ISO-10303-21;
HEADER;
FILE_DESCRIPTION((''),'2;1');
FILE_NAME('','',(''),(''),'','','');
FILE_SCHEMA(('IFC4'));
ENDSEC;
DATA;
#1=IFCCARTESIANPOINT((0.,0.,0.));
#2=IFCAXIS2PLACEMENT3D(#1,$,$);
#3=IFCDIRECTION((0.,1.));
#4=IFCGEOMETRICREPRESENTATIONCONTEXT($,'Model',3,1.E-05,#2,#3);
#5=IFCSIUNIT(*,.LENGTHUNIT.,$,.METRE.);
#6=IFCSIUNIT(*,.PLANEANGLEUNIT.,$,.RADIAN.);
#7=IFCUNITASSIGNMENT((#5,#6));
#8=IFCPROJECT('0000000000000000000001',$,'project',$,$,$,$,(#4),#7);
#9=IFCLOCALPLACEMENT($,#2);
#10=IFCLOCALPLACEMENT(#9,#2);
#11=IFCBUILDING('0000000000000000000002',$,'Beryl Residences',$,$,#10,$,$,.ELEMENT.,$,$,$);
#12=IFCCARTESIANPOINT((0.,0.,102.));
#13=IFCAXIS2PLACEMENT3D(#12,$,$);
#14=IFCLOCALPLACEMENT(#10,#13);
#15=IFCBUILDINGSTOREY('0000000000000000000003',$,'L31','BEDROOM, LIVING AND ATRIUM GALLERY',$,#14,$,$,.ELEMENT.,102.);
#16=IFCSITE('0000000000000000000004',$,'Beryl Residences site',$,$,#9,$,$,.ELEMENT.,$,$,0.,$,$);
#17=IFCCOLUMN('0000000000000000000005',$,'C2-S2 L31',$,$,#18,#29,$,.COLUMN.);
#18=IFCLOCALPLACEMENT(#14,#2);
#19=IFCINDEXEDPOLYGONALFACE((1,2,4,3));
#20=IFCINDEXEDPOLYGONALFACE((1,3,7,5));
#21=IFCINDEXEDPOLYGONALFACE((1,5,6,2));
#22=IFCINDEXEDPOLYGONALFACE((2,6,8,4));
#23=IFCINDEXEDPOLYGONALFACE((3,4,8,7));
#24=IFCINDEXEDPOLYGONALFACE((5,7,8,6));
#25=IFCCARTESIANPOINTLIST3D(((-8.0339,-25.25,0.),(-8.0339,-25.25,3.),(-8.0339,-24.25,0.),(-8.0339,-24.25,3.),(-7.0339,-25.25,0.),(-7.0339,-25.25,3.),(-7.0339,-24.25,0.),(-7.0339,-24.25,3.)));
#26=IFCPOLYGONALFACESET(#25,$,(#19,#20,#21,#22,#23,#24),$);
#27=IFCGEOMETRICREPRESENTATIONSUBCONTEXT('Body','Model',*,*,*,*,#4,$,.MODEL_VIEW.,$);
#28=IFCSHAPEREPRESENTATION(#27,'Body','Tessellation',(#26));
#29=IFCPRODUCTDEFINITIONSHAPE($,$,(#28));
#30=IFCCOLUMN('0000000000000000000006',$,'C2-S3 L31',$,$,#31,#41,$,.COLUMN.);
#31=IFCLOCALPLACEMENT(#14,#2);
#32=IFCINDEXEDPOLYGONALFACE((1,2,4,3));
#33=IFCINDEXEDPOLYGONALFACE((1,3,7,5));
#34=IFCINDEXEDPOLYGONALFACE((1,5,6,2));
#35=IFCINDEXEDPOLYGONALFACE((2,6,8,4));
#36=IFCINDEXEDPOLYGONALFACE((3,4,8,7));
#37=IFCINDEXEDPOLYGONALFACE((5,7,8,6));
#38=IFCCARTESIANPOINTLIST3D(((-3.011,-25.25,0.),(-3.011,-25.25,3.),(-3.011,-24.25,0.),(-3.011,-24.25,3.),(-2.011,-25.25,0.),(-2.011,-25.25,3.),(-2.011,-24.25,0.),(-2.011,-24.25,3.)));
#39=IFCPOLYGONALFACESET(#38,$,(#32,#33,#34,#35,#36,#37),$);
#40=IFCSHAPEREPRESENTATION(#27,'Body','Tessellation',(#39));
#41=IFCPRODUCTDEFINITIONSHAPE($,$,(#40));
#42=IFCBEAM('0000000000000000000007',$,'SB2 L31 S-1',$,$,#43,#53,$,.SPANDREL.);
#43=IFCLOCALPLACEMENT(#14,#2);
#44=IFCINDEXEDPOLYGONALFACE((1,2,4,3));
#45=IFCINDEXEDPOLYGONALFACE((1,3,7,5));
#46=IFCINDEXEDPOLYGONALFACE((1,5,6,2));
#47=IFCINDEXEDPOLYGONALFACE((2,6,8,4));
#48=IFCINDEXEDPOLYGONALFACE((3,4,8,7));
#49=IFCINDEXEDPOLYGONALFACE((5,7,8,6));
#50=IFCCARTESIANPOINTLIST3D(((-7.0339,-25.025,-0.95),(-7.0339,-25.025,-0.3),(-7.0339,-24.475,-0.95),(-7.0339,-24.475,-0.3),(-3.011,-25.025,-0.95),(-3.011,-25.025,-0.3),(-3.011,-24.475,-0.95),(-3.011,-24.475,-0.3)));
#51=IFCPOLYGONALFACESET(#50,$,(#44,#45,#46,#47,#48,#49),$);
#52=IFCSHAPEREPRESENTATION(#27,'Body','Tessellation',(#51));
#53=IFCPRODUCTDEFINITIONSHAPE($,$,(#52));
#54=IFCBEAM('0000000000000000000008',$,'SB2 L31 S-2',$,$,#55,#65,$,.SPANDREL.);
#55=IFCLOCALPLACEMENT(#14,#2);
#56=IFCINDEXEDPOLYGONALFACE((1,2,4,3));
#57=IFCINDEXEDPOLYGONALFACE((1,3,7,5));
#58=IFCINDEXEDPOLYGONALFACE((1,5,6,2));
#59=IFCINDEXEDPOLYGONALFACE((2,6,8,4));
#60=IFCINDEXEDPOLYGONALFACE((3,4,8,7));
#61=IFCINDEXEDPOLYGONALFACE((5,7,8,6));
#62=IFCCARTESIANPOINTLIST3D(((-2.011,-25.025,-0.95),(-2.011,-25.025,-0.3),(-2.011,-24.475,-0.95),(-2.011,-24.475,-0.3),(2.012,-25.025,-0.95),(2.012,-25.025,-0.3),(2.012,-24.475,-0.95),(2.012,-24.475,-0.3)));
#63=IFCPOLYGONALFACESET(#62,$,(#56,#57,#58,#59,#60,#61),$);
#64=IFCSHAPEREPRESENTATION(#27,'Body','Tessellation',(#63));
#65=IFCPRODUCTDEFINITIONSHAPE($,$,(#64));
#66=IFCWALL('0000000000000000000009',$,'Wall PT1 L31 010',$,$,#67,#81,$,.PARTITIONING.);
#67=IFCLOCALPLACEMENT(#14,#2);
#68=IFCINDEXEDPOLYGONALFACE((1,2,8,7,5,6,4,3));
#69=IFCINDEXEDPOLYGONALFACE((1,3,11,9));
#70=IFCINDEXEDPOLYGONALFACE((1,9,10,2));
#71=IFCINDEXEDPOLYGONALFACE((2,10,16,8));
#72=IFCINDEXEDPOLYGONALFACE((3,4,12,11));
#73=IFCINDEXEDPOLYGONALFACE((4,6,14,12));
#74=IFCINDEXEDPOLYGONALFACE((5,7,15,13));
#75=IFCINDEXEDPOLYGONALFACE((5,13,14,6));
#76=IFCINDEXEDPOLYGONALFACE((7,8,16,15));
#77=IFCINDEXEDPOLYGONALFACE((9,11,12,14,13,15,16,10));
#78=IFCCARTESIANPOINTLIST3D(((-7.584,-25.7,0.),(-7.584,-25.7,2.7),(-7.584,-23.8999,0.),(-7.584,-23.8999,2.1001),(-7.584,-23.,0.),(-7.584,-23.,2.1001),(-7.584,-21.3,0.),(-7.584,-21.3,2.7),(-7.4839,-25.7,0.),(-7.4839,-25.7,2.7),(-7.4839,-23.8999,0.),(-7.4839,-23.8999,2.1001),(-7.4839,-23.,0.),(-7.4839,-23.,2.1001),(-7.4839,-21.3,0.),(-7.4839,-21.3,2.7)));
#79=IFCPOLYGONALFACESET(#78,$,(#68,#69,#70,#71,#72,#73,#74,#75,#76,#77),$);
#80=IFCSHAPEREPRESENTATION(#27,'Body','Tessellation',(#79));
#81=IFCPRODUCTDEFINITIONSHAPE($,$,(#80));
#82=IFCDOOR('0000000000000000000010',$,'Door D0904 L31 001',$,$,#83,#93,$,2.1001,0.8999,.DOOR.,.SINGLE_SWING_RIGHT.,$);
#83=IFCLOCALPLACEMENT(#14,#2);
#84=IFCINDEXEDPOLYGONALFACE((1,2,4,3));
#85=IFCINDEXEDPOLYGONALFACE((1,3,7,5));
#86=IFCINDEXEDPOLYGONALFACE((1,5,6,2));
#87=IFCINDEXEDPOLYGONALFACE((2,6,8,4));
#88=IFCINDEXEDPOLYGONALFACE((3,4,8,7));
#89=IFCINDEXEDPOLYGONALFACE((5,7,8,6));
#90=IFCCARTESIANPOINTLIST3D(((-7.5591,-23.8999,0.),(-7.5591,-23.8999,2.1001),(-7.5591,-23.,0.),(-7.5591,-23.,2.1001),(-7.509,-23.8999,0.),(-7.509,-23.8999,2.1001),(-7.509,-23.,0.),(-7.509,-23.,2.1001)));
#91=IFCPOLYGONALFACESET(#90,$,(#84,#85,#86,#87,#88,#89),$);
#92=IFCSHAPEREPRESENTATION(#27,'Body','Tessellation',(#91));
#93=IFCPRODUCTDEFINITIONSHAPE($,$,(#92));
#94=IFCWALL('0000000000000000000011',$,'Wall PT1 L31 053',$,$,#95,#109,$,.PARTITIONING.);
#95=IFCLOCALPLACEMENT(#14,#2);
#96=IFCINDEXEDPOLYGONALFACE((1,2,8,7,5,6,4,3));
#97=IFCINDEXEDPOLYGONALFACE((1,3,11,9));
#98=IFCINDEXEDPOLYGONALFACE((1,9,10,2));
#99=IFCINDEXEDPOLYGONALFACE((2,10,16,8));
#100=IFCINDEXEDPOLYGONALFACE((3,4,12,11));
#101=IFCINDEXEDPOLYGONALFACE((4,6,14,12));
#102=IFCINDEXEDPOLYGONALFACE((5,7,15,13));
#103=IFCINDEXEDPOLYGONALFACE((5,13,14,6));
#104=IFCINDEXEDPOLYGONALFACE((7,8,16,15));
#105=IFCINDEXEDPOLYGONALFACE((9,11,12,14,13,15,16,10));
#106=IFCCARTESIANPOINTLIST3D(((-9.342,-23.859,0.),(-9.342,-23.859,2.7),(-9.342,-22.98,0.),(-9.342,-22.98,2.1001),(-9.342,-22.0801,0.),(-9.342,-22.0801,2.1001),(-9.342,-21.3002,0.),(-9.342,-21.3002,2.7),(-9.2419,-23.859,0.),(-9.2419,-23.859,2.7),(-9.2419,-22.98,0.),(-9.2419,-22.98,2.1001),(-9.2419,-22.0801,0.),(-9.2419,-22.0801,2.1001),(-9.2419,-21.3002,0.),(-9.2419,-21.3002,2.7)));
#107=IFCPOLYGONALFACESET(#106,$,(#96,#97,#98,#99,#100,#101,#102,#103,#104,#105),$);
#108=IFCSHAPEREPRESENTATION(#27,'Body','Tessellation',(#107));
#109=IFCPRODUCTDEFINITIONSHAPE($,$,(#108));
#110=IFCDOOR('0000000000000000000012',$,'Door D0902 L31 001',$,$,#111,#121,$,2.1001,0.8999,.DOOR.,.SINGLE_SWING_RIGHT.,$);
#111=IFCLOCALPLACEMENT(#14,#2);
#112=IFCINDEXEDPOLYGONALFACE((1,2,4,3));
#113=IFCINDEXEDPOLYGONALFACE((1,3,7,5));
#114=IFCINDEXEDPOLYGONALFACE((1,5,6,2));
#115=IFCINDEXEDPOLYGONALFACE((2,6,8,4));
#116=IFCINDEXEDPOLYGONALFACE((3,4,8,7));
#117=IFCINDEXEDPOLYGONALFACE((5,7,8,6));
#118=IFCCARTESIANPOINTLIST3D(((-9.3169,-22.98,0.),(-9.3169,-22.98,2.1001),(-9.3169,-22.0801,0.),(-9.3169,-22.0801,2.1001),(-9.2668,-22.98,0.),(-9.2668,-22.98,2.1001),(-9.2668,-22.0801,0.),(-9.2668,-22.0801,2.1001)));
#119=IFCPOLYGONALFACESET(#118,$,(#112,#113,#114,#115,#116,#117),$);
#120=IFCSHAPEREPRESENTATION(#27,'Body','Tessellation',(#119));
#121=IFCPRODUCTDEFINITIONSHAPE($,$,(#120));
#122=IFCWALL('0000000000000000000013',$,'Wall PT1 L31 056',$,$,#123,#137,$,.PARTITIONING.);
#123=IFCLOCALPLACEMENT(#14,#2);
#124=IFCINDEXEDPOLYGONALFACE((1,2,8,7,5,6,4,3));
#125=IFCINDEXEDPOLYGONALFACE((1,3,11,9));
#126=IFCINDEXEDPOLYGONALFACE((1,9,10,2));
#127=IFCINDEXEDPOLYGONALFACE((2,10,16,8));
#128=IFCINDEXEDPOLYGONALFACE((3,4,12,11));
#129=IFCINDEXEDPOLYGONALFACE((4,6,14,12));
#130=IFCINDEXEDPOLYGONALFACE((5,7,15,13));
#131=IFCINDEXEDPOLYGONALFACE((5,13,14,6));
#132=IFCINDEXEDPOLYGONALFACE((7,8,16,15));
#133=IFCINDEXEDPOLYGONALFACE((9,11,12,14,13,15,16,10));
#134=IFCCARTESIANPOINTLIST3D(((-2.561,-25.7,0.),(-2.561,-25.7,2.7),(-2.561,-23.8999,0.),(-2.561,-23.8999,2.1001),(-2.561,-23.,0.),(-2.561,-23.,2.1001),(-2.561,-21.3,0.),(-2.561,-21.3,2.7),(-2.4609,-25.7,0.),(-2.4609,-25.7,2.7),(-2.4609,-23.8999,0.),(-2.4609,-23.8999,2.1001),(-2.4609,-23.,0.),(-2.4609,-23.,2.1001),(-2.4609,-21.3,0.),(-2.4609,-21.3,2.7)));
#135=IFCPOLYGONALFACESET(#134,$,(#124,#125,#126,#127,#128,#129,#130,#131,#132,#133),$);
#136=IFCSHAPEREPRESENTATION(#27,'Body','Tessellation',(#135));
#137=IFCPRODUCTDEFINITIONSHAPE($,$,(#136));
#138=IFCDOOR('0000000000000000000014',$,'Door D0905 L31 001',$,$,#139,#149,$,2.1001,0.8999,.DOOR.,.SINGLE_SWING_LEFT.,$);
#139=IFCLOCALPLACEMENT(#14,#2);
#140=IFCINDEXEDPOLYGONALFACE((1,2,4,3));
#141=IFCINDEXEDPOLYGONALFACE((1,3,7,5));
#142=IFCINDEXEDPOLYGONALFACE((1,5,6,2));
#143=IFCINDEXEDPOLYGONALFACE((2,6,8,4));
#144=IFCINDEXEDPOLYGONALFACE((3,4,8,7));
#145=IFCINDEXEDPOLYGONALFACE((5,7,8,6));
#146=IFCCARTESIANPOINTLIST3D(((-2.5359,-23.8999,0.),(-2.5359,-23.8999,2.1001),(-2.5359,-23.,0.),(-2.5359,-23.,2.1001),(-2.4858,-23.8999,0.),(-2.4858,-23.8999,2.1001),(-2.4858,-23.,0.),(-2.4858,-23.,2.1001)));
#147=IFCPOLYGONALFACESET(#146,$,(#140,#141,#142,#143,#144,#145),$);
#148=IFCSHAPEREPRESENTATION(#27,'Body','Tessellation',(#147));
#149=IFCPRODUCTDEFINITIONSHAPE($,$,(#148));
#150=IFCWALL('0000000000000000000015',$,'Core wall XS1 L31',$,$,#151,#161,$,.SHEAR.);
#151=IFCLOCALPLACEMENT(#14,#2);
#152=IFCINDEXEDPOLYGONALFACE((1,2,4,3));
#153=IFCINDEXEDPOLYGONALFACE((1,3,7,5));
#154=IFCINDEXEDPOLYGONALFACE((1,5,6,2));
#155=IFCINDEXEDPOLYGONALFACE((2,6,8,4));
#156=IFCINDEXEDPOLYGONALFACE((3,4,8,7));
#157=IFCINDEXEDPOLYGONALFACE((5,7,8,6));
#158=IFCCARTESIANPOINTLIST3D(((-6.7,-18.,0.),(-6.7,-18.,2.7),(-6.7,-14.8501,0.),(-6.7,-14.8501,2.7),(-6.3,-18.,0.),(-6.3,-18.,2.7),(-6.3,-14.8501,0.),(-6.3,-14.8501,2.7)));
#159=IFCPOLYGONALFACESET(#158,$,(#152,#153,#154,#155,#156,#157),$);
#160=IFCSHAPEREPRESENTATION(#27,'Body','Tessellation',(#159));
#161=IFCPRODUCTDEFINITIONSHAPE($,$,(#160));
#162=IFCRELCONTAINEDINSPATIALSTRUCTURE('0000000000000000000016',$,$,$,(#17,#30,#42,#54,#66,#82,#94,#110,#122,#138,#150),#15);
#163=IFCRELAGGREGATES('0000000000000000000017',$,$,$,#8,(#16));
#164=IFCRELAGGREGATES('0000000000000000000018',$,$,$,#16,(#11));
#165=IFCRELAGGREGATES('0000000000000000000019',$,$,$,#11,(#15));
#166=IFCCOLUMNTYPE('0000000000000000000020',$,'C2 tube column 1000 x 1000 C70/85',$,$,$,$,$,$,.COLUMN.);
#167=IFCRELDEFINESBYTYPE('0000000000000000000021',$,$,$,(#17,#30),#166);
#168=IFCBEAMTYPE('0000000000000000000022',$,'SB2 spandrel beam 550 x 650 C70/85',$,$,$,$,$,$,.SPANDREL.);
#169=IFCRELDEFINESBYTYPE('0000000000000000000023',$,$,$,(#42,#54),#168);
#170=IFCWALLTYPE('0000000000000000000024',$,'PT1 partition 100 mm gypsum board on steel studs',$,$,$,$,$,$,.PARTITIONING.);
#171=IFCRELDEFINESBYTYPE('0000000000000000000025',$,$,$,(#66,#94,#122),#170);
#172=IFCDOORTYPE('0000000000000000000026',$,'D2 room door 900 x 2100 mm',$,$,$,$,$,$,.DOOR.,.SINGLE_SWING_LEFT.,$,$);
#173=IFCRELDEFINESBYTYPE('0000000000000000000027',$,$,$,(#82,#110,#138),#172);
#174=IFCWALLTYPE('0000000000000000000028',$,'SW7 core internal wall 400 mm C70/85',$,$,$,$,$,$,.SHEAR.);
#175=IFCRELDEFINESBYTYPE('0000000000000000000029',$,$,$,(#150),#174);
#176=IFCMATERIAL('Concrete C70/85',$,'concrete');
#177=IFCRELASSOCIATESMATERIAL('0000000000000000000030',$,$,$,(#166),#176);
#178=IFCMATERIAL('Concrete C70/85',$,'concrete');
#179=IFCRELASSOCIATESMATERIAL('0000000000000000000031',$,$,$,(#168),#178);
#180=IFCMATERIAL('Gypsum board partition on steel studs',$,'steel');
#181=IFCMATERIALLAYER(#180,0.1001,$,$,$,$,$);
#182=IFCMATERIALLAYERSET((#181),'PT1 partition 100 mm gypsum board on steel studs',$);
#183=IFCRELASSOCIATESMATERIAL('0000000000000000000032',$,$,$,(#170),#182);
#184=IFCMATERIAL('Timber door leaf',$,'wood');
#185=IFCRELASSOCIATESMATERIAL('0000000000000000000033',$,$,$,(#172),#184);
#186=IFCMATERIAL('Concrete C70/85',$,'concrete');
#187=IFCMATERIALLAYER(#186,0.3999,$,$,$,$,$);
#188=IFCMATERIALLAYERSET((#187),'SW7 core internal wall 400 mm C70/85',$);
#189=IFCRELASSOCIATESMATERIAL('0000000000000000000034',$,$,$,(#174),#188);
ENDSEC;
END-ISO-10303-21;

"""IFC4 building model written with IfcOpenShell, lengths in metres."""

from ifc_helpers import new_model, si_unit, direction, frame, frame_2d, origin, origin_2d, place, context, subcontext, project, spatial, rectangle, extrude, material, layer, layer_set, material_profile, profile_set, type_object, element, fill, save


model = new_model("IFC4")

# Units and contexts
model_context = context("Model", 3, precision=1e-05, world=origin(), true_north=direction((0.0, 1.0)))
body_context = subcontext(model_context, "Body", "Model", "MODEL_VIEW")
ifc_project = project(units=[si_unit("LENGTHUNIT", "METRE"), si_unit("PLANEANGLEUNIT", "RADIAN")], contexts=[model_context])

# Site, building, storey
site_placement = place(None, origin())
site = spatial("IfcSite", under=ifc_project, at=site_placement, Name="Beryl Residences site", CompositionType="ELEMENT", RefElevation=0.0)
building_placement = place(site_placement, origin())
building = spatial("IfcBuilding", under=site, at=building_placement, Name="Beryl Residences", CompositionType="ELEMENT")
storey_placement = place(building_placement, frame((0.0, 0.0, 102.0)))
storey = spatial("IfcBuildingStorey", under=building, at=storey_placement, Name="L31", Description="BEDROOM, LIVING AND ATRIUM GALLERY", CompositionType="ELEMENT", Elevation=102.0)

# Columns
ifc_material_1 = material(Name="Concrete C70/85", Category="concrete")
ifc_material_profile_1 = material_profile(ifc_material_1, rectangle(XDim=1.0, YDim=1.0, at=origin_2d()))
ifc_profile_set_1 = profile_set([ifc_material_profile_1], Name="Concrete C70/85")
column_type = type_object("IfcColumnType", Name="C2 tube column 1000 x 1000 C70/85", PredefinedType="COLUMN", material=ifc_profile_set_1)
for number, where, z_axis, x_axis, name in (
    (1, (-7.5339, -24.75, 0.0), (0.0, 0.0, 1.0), (1.0, 0.0, 0.0), "C2-S2 L31"),
    (2, (-2.511, -24.75, 0.0), (0.0, 0.0, 1.0), (1.0, 0.0, 0.0), "C2-S3 L31"),
):
    element("IfcColumn", number, at=place(storey_placement, frame(where, z_axis=z_axis, x_axis=x_axis)), inside=storey, type_object=column_type, Name=name, PredefinedType="COLUMN", context=body_context, shape_type="SweptSolid", body=[
        extrude(rectangle(XDim=1.0, YDim=1.0, at=origin_2d()), origin(), (0.0, 0.0, 1.0), 3.0),
    ])

# Beams
ifc_material_2 = material(Name="Concrete C70/85", Category="concrete")
ifc_material_profile_2 = material_profile(ifc_material_2, rectangle(XDim=0.55, YDim=0.6499, at=origin_2d()))
ifc_profile_set_2 = profile_set([ifc_material_profile_2], Name="Concrete C70/85")
beam_type = type_object("IfcBeamType", Name="SB2 spandrel beam 550 x 650 C70/85", PredefinedType="SPANDREL", material=ifc_profile_set_2)
for number, where, z_axis, x_axis, name in (
    (3, (-7.0339, -24.75, -0.625), (1.0, 0.0, 0.0), (0.0, 1.0, 0.0), "SB2 L31 S-1"),
    (4, (-2.011, -24.75, -0.625), (1.0, 0.0, 0.0), (0.0, 1.0, 0.0), "SB2 L31 S-2"),
):
    element("IfcBeam", number, at=place(storey_placement, frame(where, z_axis=z_axis, x_axis=x_axis)), inside=storey, type_object=beam_type, Name=name, PredefinedType="SPANDREL", context=body_context, shape_type="SweptSolid", body=[
        extrude(rectangle(XDim=0.55, YDim=0.6499, at=origin_2d()), origin(), (0.0, 0.0, 1.0), 4.0229),
    ])

# Walls, openings, doors
ifc_material_3 = material(Name="Gypsum board partition on steel studs", Category="steel")
ifc_layer_1 = layer(ifc_material_3, 0.1001)
ifc_layer_set_1 = layer_set([ifc_layer_1], Name="PT1 partition 100 mm gypsum board on steel studs")
wall_type_1 = type_object("IfcWallType", Name="PT1 partition 100 mm gypsum board on steel studs", PredefinedType="PARTITIONING", material=ifc_layer_set_1)
wall_1_placement = place(storey_placement, frame((-7.5339, -21.3, 0.0), z_axis=(0.0, 0.0, 1.0), x_axis=(0.0, -1.0, 0.0)))
wall_1 = element("IfcWall", 5, at=wall_1_placement, inside=storey, type_object=wall_type_1, Name="Wall PT1 L31 010", PredefinedType="PARTITIONING", context=body_context, shape_type="SweptSolid", body=[
    extrude(rectangle(XDim=4.3999, YDim=0.1001, at=frame_2d((2.2, 0.0))), origin(), (0.0, 0.0, 1.0), 2.7),
])
opening_1_placement = place(wall_1_placement, frame((1.7, 0.0, 0.0)))
opening_1 = element("IfcOpeningElement", 6, at=opening_1_placement, cuts=wall_1, PredefinedType="OPENING", context=body_context, shape_type="SweptSolid", body=[
    extrude(rectangle(XDim=0.8999, YDim=2.1001, at=frame_2d((0.45, 1.05))), frame((0.0, 0.0601, 0.0), z_axis=(0.0, -1.0, 0.0), x_axis=(1.0, 0.0, 0.0)), (0.0, 0.0, 1.0), 0.1201),
])
ifc_material_4 = material(Name="Timber door leaf", Category="wood")
door_type = type_object("IfcDoorType", Name="D2 room door 900 x 2100 mm", OperationType="SINGLE_SWING_LEFT", PredefinedType="DOOR", material=ifc_material_4)
door_1_placement = place(opening_1_placement, origin())
door_1 = element("IfcDoor", 7, at=door_1_placement, inside=storey, type_object=door_type, Name="Door D0904 L31 001", OperationType="SINGLE_SWING_RIGHT", OverallHeight=2.1001, OverallWidth=0.8999, PredefinedType="DOOR", context=body_context, shape_type="SweptSolid", body=[
    extrude(rectangle(XDim=0.8999, YDim=2.1001, at=frame_2d((0.45, 1.05))), frame((0.0, 0.0249, 0.0), z_axis=(0.0, -1.0, 0.0), x_axis=(1.0, 0.0, 0.0)), (0.0, 0.0, 1.0), 0.05),
])
fill(opening_1, door_1)
wall_2_placement = place(storey_placement, frame((-9.292, -23.8589, 0.0), z_axis=(0.0, 0.0, 1.0), x_axis=(0.0, 1.0, 0.0)))
wall_2 = element("IfcWall", 8, at=wall_2_placement, inside=storey, type_object=wall_type_1, Name="Wall PT1 L31 053", PredefinedType="PARTITIONING", context=body_context, shape_type="SweptSolid", body=[
    extrude(rectangle(XDim=2.5588, YDim=0.1001, at=frame_2d((1.2793, 0.0))), origin(), (0.0, 0.0, 1.0), 2.7),
])
opening_2_placement = place(wall_2_placement, frame((0.8789, 0.0, 0.0)))
opening_2 = element("IfcOpeningElement", 9, at=opening_2_placement, cuts=wall_2, PredefinedType="OPENING", context=body_context, shape_type="SweptSolid", body=[
    extrude(rectangle(XDim=0.8999, YDim=2.1001, at=frame_2d((0.45, 1.05))), frame((0.0, 0.0601, 0.0), z_axis=(0.0, -1.0, 0.0), x_axis=(1.0, 0.0, 0.0)), (0.0, 0.0, 1.0), 0.1201),
])
door_2_placement = place(opening_2_placement, origin())
door_2 = element("IfcDoor", 10, at=door_2_placement, inside=storey, type_object=door_type, Name="Door D0902 L31 001", OperationType="SINGLE_SWING_RIGHT", OverallHeight=2.1001, OverallWidth=0.8999, PredefinedType="DOOR", context=body_context, shape_type="SweptSolid", body=[
    extrude(rectangle(XDim=0.8999, YDim=2.1001, at=frame_2d((0.45, 1.05))), frame((0.0, 0.0249, 0.0), z_axis=(0.0, -1.0, 0.0), x_axis=(1.0, 0.0, 0.0)), (0.0, 0.0, 1.0), 0.05),
])
fill(opening_2, door_2)
wall_3_placement = place(storey_placement, frame((-2.511, -25.7, 0.0), z_axis=(0.0, 0.0, 1.0), x_axis=(0.0, 1.0, 0.0)))
wall_3 = element("IfcWall", 11, at=wall_3_placement, inside=storey, type_object=wall_type_1, Name="Wall PT1 L31 056", PredefinedType="PARTITIONING", context=body_context, shape_type="SweptSolid", body=[
    extrude(rectangle(XDim=4.3999, YDim=0.1001, at=frame_2d((2.2, 0.0))), origin(), (0.0, 0.0, 1.0), 2.7),
])
opening_3_placement = place(wall_3_placement, frame((1.8, 0.0, 0.0)))
opening_3 = element("IfcOpeningElement", 12, at=opening_3_placement, cuts=wall_3, PredefinedType="OPENING", context=body_context, shape_type="SweptSolid", body=[
    extrude(rectangle(XDim=0.8999, YDim=2.1001, at=frame_2d((0.45, 1.05))), frame((0.0, 0.0601, 0.0), z_axis=(0.0, -1.0, 0.0), x_axis=(1.0, 0.0, 0.0)), (0.0, 0.0, 1.0), 0.1201),
])
door_3_placement = place(opening_3_placement, origin())
door_3 = element("IfcDoor", 13, at=door_3_placement, inside=storey, type_object=door_type, Name="Door D0905 L31 001", OperationType="SINGLE_SWING_LEFT", OverallHeight=2.1001, OverallWidth=0.8999, PredefinedType="DOOR", context=body_context, shape_type="SweptSolid", body=[
    extrude(rectangle(XDim=0.8999, YDim=2.1001, at=frame_2d((0.45, 1.05))), frame((0.0, 0.0249, 0.0), z_axis=(0.0, -1.0, 0.0), x_axis=(1.0, 0.0, 0.0)), (0.0, 0.0, 1.0), 0.05),
])
fill(opening_3, door_3)

# Wall
ifc_material_5 = material(Name="Concrete C70/85", Category="concrete")
ifc_layer_2 = layer(ifc_material_5, 0.3999)
ifc_layer_set_2 = layer_set([ifc_layer_2], Name="SW7 core internal wall 400 mm C70/85")
wall_type_2 = type_object("IfcWallType", Name="SW7 core internal wall 400 mm C70/85", PredefinedType="SHEAR", material=ifc_layer_set_2)
wall_4_placement = place(storey_placement, frame((-6.5, -18.0, 0.0), z_axis=(0.0, 0.0, 1.0), x_axis=(0.0, 1.0, 0.0)))
element("IfcWall", 14, at=wall_4_placement, inside=storey, type_object=wall_type_2, Name="Core wall XS1 L31", PredefinedType="SHEAR", context=body_context, shape_type="SweptSolid", body=[
    extrude(rectangle(XDim=3.1499, YDim=0.3999, at=frame_2d((1.575, 0.0))), origin(), (0.0, 0.0, 1.0), 2.7),
])

save(model, "model.ifc")
